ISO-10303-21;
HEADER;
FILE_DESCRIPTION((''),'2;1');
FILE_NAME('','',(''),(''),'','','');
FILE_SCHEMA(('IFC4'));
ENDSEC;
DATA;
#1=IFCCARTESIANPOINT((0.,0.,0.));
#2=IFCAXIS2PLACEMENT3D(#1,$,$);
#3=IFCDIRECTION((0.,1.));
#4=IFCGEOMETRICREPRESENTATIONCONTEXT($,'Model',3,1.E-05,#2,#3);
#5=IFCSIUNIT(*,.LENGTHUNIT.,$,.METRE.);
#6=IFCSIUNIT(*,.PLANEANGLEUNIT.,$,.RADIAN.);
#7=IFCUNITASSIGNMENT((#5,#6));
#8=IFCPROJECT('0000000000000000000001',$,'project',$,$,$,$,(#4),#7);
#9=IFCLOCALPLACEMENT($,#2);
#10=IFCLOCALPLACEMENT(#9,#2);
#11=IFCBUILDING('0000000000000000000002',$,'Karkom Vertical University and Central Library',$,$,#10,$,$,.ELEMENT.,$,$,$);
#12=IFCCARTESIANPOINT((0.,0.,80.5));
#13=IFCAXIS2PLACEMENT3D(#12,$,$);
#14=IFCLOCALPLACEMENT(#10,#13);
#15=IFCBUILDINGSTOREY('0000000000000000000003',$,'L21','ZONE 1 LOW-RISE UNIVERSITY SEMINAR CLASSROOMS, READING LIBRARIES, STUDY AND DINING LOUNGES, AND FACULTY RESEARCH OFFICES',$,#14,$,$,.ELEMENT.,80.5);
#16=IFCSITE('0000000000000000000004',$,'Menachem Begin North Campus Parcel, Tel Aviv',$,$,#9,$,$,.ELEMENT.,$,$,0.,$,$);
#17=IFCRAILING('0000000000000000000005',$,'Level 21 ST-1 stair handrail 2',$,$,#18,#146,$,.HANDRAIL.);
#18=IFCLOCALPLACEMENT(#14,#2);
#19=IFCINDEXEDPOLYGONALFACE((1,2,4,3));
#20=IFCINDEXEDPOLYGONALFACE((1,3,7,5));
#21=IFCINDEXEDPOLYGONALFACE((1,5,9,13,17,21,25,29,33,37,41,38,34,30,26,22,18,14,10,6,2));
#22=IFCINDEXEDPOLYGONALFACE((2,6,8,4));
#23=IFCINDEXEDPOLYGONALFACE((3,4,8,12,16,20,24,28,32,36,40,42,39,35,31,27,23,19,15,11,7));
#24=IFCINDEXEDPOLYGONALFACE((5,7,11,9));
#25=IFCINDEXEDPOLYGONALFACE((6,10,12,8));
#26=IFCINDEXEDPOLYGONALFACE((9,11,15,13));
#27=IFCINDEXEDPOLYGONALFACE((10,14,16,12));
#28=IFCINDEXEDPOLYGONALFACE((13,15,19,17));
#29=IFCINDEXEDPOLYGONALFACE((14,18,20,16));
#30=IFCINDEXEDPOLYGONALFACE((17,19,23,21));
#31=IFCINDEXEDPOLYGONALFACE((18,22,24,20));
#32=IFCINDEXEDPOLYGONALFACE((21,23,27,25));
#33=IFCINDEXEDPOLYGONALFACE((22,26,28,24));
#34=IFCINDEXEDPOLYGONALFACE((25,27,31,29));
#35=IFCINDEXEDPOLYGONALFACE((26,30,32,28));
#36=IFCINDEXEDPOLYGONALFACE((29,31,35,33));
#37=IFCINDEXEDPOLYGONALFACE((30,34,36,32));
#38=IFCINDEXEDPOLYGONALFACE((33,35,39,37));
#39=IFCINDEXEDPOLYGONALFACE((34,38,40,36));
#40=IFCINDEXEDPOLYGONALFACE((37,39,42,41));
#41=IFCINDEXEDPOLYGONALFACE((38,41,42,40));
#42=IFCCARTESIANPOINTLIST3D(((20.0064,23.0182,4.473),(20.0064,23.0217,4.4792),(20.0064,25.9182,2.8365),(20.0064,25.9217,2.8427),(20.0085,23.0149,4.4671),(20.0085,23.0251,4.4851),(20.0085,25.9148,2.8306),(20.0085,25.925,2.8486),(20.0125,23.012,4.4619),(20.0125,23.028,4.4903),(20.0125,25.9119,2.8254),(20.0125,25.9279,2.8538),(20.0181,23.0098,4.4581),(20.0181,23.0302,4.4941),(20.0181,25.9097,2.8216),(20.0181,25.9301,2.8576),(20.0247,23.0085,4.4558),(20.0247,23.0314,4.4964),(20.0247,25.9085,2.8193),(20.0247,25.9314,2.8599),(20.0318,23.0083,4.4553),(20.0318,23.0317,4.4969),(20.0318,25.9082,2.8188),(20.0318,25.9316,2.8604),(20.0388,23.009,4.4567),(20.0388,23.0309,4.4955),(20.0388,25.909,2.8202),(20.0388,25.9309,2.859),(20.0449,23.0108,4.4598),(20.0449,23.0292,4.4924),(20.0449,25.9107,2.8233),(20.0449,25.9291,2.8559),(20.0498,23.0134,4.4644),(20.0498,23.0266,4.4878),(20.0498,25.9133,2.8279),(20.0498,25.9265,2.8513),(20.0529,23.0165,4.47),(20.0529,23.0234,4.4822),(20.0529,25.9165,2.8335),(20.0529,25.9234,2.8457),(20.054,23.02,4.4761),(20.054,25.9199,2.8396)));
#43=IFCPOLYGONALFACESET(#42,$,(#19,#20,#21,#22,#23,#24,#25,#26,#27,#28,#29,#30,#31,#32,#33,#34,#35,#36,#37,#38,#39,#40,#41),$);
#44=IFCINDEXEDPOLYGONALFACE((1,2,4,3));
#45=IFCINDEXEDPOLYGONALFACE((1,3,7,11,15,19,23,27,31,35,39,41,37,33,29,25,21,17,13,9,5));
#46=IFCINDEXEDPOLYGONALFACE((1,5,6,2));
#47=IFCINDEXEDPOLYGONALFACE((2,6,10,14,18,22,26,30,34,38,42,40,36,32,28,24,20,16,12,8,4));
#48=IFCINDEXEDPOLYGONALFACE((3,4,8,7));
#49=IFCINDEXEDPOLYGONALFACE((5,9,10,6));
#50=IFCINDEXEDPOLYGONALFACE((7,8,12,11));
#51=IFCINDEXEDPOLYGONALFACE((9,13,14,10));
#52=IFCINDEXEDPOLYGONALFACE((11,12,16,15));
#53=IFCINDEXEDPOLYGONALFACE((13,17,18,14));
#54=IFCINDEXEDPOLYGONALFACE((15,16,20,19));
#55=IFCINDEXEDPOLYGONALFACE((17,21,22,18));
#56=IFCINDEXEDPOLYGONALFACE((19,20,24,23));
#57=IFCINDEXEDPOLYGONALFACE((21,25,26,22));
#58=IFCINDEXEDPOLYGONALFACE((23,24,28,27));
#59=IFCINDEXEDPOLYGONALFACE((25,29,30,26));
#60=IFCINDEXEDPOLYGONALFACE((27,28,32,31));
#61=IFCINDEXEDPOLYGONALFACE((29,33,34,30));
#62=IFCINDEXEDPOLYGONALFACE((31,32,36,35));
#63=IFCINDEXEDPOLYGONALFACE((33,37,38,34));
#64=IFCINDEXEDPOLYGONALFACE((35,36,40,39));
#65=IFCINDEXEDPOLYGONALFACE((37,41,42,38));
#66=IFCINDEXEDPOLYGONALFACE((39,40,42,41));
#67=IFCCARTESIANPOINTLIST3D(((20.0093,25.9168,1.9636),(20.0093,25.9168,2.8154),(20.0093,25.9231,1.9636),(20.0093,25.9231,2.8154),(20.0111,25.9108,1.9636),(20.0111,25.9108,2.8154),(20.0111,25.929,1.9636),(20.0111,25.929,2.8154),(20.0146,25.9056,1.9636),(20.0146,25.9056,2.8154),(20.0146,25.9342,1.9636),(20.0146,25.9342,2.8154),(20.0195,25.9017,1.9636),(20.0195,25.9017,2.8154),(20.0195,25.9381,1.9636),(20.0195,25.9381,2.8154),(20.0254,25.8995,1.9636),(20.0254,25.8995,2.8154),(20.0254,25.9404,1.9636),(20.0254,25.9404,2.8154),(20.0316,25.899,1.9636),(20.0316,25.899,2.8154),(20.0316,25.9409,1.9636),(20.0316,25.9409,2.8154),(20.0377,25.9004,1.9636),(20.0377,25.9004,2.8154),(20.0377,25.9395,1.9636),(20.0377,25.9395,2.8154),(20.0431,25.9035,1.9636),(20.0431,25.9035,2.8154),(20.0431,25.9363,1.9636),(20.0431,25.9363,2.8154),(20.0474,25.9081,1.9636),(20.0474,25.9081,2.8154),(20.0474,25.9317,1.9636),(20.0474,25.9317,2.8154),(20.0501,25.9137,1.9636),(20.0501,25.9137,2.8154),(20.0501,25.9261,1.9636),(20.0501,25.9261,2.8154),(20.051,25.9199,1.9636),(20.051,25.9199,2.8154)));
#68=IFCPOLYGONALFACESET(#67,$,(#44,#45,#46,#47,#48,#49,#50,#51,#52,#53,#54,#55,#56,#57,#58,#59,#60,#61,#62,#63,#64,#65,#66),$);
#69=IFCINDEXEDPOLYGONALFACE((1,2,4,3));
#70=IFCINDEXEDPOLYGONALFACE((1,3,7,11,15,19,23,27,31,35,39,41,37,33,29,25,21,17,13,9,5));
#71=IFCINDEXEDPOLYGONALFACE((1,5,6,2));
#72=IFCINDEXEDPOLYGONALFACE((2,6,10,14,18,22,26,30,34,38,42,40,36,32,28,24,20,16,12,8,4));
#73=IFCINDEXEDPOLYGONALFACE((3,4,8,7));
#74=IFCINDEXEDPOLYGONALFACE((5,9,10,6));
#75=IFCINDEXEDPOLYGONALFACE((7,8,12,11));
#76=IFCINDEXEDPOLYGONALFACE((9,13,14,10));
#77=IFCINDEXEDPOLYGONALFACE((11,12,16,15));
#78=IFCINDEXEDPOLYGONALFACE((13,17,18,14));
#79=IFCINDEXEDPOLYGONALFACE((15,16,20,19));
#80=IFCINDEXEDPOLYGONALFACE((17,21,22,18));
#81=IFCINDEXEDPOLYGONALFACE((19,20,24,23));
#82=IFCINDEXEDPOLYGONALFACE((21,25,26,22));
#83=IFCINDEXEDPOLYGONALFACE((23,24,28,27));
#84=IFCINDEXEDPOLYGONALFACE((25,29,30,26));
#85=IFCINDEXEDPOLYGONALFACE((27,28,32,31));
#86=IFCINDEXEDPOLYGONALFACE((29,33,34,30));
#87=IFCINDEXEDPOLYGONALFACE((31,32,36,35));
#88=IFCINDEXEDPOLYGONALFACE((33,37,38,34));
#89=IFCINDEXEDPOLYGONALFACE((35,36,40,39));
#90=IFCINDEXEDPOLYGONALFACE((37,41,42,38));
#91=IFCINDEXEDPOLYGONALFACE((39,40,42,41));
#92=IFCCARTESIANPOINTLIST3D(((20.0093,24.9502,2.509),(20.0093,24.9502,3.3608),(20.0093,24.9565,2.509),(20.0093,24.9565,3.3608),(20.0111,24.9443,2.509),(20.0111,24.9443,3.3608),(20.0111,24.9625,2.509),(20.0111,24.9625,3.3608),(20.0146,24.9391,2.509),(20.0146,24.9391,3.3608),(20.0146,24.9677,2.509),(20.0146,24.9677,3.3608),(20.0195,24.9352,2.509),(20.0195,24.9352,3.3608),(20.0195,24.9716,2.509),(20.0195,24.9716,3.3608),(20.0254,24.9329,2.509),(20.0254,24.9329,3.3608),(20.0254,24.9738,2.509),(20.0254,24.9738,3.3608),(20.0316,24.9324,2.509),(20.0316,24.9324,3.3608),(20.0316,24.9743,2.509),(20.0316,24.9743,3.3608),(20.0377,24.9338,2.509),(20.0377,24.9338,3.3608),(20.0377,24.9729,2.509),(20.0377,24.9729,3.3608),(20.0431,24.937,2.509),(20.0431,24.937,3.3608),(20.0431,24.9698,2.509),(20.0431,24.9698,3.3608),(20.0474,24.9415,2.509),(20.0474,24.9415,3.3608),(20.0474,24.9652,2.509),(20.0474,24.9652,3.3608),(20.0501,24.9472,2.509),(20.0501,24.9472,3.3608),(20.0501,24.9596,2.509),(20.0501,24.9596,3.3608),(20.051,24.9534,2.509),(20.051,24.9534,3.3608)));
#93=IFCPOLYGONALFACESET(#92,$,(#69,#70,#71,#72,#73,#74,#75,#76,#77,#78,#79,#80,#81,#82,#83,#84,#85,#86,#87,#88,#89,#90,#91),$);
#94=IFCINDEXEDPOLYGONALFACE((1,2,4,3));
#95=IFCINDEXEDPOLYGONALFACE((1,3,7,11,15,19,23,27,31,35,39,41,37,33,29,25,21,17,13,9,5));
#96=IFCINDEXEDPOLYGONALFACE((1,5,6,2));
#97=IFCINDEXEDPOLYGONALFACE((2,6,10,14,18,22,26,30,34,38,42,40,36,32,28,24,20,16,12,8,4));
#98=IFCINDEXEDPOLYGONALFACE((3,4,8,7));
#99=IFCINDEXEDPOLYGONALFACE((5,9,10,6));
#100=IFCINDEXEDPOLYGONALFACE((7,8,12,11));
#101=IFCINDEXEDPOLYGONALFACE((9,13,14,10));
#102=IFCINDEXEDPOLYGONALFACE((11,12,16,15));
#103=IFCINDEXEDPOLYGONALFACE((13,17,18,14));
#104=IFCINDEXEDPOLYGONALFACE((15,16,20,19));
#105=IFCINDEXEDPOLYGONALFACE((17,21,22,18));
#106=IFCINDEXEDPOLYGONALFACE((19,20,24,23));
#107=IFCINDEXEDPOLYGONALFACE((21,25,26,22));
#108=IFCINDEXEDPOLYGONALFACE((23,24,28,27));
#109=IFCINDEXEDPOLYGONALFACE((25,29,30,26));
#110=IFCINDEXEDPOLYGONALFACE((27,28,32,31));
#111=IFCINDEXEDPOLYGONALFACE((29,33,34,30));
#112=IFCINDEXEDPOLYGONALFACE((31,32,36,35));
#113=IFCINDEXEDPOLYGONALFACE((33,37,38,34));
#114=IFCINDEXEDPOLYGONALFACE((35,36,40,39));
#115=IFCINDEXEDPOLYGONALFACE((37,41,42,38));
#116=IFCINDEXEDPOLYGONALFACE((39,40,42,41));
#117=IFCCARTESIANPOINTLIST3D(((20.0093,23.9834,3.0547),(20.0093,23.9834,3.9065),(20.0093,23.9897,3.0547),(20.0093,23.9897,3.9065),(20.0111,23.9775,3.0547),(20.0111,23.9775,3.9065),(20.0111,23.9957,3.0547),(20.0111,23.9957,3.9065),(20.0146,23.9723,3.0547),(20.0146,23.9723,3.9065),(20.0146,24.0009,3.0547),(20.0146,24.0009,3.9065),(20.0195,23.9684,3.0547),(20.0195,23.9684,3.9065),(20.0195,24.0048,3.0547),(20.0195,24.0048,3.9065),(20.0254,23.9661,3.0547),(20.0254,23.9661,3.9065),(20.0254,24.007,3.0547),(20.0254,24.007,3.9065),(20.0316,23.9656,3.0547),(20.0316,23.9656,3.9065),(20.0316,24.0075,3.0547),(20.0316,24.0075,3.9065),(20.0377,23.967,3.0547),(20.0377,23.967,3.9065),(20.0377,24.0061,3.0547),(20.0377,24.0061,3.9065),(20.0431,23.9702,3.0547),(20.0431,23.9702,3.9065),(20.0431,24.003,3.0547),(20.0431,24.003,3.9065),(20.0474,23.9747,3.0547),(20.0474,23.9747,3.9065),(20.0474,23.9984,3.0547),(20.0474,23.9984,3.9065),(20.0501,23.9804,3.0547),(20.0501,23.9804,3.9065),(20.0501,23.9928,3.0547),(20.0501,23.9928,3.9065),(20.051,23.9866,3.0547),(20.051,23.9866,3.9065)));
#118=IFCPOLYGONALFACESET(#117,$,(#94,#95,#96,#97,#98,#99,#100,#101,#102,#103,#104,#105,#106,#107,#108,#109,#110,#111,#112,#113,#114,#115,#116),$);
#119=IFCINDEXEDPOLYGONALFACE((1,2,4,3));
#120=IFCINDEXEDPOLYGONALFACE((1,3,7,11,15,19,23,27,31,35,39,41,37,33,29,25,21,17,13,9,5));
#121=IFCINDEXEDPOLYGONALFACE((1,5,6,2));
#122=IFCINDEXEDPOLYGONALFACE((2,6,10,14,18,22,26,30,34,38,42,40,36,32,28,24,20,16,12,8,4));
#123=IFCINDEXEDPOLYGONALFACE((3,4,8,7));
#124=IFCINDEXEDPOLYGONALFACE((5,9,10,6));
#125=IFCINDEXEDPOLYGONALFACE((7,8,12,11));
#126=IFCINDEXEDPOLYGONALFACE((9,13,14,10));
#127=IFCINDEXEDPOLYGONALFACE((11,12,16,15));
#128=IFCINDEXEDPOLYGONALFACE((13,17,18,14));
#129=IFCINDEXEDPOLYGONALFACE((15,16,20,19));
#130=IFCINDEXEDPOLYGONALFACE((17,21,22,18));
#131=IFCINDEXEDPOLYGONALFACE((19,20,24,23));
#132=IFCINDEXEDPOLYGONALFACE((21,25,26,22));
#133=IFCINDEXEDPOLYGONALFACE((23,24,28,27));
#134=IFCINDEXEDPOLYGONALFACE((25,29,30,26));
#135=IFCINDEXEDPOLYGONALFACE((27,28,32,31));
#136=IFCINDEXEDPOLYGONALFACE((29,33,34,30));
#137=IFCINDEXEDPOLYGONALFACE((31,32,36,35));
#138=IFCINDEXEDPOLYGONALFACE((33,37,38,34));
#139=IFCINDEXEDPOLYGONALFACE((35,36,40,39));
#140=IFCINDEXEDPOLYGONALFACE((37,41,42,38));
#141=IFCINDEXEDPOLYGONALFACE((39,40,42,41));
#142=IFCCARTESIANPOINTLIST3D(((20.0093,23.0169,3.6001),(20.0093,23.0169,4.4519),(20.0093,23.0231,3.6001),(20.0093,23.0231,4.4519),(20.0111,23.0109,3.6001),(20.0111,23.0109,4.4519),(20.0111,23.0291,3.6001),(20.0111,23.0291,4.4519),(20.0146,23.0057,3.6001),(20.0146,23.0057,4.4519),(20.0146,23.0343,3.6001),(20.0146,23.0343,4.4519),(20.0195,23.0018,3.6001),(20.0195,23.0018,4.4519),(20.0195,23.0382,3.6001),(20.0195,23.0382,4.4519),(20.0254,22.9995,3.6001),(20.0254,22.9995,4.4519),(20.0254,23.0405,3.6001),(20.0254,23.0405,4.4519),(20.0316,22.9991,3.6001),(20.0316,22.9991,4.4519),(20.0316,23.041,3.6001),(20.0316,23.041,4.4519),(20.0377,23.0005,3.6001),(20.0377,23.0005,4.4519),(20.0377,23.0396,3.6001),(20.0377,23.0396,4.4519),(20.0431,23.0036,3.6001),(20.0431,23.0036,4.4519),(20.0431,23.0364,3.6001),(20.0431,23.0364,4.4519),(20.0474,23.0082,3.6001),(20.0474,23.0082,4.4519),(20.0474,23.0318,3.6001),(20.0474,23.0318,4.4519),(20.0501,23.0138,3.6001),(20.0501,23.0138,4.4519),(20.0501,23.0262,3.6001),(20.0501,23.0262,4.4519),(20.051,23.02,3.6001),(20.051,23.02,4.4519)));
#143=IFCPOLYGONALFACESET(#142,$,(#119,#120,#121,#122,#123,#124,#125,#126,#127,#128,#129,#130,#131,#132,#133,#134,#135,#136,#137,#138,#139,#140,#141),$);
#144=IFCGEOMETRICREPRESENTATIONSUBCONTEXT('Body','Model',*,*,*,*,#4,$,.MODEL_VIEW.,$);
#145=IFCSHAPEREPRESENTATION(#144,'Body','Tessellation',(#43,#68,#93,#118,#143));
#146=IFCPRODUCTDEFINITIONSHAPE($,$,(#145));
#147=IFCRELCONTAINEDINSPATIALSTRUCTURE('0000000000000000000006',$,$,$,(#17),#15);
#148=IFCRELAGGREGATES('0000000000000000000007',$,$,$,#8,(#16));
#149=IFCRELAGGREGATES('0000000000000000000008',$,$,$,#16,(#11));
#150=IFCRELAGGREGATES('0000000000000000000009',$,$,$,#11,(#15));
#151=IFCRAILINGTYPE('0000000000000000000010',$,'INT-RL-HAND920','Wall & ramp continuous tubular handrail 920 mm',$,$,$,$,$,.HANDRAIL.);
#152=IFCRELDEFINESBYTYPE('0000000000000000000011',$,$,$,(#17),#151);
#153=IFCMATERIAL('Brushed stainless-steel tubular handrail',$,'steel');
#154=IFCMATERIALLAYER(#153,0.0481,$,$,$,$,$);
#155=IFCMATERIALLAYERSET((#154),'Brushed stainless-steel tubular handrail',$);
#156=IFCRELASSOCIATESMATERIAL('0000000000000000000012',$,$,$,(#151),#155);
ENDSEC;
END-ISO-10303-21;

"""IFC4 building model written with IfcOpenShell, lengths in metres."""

from ifc_helpers import new_model, si_unit, direction, frame, origin, origin_2d, place, context, subcontext, project, spatial, circle, extrude, material, layer, layer_set, type_object, element, save


model = new_model("IFC4")

# Units and contexts
model_context = context("Model", 3, precision=1e-05, world=origin(), true_north=direction((0.0, 1.0)))
body_context = subcontext(model_context, "Body", "Model", "MODEL_VIEW")
ifc_project = project(units=[si_unit("LENGTHUNIT", "METRE"), si_unit("PLANEANGLEUNIT", "RADIAN")], contexts=[model_context])

# Site, building, storey
site_placement = place(None, origin())
site = spatial("IfcSite", under=ifc_project, at=site_placement, Name="Menachem Begin North Campus Parcel, Tel Aviv", CompositionType="ELEMENT", RefElevation=0.0)
building_placement = place(site_placement, origin())
building = spatial("IfcBuilding", under=site, at=building_placement, Name="Karkom Vertical University and Central Library", CompositionType="ELEMENT")
storey_placement = place(building_placement, frame((0.0, 0.0, 80.5)))
storey = spatial("IfcBuildingStorey", under=building, at=storey_placement, Name="L21", Description="ZONE 1 LOW-RISE UNIVERSITY SEMINAR CLASSROOMS, READING LIBRARIES, STUDY AND DINING LOUNGES, AND FACULTY RESEARCH OFFICES", CompositionType="ELEMENT", Elevation=80.5)

# Railing
ifc_material_1 = material(Name="Brushed stainless-steel tubular handrail", Category="steel")
ifc_layer_1 = layer(ifc_material_1, 0.0481)
ifc_layer_set_1 = layer_set([ifc_layer_1], Name="Brushed stainless-steel tubular handrail")
railing_type_1 = type_object("IfcRailingType", Name="INT-RL-HAND920", Description="Wall & ramp continuous tubular handrail 920 mm", PredefinedType="HANDRAIL", material=ifc_layer_set_1)
railing_1_placement = place(storey_placement, frame((20.03, 25.9199, 1.9636)))
element("IfcRailing", 1, at=railing_1_placement, inside=storey, type_object=railing_type_1, Name="Level 21 ST-1 stair handrail 2", PredefinedType="HANDRAIL", context=body_context, shape_type="SweptSolid", body=[
    extrude(circle(Radius=0.0239, at=origin_2d()), frame((0.0, 0.0, 0.876), z_axis=(0.0, -0.870897, 0.491465), x_axis=(1.0, 0.0, 0.0)), (0.0, 0.0, 1.0), 3.3298),
    extrude(circle(Radius=0.021, at=origin_2d()), origin(), (0.0, 0.0, 1.0), 0.8518),
    extrude(circle(Radius=0.021, at=origin_2d()), frame((0.0, -0.9666, 0.5454)), (0.0, 0.0, 1.0), 0.8518),
    extrude(circle(Radius=0.021, at=origin_2d()), frame((0.0, -1.9333, 1.0911)), (0.0, 0.0, 1.0), 0.8518),
    extrude(circle(Radius=0.021, at=origin_2d()), frame((0.0, -2.8999, 1.6365)), (0.0, 0.0, 1.0), 0.8518),
])

save(model, "model.ifc")
